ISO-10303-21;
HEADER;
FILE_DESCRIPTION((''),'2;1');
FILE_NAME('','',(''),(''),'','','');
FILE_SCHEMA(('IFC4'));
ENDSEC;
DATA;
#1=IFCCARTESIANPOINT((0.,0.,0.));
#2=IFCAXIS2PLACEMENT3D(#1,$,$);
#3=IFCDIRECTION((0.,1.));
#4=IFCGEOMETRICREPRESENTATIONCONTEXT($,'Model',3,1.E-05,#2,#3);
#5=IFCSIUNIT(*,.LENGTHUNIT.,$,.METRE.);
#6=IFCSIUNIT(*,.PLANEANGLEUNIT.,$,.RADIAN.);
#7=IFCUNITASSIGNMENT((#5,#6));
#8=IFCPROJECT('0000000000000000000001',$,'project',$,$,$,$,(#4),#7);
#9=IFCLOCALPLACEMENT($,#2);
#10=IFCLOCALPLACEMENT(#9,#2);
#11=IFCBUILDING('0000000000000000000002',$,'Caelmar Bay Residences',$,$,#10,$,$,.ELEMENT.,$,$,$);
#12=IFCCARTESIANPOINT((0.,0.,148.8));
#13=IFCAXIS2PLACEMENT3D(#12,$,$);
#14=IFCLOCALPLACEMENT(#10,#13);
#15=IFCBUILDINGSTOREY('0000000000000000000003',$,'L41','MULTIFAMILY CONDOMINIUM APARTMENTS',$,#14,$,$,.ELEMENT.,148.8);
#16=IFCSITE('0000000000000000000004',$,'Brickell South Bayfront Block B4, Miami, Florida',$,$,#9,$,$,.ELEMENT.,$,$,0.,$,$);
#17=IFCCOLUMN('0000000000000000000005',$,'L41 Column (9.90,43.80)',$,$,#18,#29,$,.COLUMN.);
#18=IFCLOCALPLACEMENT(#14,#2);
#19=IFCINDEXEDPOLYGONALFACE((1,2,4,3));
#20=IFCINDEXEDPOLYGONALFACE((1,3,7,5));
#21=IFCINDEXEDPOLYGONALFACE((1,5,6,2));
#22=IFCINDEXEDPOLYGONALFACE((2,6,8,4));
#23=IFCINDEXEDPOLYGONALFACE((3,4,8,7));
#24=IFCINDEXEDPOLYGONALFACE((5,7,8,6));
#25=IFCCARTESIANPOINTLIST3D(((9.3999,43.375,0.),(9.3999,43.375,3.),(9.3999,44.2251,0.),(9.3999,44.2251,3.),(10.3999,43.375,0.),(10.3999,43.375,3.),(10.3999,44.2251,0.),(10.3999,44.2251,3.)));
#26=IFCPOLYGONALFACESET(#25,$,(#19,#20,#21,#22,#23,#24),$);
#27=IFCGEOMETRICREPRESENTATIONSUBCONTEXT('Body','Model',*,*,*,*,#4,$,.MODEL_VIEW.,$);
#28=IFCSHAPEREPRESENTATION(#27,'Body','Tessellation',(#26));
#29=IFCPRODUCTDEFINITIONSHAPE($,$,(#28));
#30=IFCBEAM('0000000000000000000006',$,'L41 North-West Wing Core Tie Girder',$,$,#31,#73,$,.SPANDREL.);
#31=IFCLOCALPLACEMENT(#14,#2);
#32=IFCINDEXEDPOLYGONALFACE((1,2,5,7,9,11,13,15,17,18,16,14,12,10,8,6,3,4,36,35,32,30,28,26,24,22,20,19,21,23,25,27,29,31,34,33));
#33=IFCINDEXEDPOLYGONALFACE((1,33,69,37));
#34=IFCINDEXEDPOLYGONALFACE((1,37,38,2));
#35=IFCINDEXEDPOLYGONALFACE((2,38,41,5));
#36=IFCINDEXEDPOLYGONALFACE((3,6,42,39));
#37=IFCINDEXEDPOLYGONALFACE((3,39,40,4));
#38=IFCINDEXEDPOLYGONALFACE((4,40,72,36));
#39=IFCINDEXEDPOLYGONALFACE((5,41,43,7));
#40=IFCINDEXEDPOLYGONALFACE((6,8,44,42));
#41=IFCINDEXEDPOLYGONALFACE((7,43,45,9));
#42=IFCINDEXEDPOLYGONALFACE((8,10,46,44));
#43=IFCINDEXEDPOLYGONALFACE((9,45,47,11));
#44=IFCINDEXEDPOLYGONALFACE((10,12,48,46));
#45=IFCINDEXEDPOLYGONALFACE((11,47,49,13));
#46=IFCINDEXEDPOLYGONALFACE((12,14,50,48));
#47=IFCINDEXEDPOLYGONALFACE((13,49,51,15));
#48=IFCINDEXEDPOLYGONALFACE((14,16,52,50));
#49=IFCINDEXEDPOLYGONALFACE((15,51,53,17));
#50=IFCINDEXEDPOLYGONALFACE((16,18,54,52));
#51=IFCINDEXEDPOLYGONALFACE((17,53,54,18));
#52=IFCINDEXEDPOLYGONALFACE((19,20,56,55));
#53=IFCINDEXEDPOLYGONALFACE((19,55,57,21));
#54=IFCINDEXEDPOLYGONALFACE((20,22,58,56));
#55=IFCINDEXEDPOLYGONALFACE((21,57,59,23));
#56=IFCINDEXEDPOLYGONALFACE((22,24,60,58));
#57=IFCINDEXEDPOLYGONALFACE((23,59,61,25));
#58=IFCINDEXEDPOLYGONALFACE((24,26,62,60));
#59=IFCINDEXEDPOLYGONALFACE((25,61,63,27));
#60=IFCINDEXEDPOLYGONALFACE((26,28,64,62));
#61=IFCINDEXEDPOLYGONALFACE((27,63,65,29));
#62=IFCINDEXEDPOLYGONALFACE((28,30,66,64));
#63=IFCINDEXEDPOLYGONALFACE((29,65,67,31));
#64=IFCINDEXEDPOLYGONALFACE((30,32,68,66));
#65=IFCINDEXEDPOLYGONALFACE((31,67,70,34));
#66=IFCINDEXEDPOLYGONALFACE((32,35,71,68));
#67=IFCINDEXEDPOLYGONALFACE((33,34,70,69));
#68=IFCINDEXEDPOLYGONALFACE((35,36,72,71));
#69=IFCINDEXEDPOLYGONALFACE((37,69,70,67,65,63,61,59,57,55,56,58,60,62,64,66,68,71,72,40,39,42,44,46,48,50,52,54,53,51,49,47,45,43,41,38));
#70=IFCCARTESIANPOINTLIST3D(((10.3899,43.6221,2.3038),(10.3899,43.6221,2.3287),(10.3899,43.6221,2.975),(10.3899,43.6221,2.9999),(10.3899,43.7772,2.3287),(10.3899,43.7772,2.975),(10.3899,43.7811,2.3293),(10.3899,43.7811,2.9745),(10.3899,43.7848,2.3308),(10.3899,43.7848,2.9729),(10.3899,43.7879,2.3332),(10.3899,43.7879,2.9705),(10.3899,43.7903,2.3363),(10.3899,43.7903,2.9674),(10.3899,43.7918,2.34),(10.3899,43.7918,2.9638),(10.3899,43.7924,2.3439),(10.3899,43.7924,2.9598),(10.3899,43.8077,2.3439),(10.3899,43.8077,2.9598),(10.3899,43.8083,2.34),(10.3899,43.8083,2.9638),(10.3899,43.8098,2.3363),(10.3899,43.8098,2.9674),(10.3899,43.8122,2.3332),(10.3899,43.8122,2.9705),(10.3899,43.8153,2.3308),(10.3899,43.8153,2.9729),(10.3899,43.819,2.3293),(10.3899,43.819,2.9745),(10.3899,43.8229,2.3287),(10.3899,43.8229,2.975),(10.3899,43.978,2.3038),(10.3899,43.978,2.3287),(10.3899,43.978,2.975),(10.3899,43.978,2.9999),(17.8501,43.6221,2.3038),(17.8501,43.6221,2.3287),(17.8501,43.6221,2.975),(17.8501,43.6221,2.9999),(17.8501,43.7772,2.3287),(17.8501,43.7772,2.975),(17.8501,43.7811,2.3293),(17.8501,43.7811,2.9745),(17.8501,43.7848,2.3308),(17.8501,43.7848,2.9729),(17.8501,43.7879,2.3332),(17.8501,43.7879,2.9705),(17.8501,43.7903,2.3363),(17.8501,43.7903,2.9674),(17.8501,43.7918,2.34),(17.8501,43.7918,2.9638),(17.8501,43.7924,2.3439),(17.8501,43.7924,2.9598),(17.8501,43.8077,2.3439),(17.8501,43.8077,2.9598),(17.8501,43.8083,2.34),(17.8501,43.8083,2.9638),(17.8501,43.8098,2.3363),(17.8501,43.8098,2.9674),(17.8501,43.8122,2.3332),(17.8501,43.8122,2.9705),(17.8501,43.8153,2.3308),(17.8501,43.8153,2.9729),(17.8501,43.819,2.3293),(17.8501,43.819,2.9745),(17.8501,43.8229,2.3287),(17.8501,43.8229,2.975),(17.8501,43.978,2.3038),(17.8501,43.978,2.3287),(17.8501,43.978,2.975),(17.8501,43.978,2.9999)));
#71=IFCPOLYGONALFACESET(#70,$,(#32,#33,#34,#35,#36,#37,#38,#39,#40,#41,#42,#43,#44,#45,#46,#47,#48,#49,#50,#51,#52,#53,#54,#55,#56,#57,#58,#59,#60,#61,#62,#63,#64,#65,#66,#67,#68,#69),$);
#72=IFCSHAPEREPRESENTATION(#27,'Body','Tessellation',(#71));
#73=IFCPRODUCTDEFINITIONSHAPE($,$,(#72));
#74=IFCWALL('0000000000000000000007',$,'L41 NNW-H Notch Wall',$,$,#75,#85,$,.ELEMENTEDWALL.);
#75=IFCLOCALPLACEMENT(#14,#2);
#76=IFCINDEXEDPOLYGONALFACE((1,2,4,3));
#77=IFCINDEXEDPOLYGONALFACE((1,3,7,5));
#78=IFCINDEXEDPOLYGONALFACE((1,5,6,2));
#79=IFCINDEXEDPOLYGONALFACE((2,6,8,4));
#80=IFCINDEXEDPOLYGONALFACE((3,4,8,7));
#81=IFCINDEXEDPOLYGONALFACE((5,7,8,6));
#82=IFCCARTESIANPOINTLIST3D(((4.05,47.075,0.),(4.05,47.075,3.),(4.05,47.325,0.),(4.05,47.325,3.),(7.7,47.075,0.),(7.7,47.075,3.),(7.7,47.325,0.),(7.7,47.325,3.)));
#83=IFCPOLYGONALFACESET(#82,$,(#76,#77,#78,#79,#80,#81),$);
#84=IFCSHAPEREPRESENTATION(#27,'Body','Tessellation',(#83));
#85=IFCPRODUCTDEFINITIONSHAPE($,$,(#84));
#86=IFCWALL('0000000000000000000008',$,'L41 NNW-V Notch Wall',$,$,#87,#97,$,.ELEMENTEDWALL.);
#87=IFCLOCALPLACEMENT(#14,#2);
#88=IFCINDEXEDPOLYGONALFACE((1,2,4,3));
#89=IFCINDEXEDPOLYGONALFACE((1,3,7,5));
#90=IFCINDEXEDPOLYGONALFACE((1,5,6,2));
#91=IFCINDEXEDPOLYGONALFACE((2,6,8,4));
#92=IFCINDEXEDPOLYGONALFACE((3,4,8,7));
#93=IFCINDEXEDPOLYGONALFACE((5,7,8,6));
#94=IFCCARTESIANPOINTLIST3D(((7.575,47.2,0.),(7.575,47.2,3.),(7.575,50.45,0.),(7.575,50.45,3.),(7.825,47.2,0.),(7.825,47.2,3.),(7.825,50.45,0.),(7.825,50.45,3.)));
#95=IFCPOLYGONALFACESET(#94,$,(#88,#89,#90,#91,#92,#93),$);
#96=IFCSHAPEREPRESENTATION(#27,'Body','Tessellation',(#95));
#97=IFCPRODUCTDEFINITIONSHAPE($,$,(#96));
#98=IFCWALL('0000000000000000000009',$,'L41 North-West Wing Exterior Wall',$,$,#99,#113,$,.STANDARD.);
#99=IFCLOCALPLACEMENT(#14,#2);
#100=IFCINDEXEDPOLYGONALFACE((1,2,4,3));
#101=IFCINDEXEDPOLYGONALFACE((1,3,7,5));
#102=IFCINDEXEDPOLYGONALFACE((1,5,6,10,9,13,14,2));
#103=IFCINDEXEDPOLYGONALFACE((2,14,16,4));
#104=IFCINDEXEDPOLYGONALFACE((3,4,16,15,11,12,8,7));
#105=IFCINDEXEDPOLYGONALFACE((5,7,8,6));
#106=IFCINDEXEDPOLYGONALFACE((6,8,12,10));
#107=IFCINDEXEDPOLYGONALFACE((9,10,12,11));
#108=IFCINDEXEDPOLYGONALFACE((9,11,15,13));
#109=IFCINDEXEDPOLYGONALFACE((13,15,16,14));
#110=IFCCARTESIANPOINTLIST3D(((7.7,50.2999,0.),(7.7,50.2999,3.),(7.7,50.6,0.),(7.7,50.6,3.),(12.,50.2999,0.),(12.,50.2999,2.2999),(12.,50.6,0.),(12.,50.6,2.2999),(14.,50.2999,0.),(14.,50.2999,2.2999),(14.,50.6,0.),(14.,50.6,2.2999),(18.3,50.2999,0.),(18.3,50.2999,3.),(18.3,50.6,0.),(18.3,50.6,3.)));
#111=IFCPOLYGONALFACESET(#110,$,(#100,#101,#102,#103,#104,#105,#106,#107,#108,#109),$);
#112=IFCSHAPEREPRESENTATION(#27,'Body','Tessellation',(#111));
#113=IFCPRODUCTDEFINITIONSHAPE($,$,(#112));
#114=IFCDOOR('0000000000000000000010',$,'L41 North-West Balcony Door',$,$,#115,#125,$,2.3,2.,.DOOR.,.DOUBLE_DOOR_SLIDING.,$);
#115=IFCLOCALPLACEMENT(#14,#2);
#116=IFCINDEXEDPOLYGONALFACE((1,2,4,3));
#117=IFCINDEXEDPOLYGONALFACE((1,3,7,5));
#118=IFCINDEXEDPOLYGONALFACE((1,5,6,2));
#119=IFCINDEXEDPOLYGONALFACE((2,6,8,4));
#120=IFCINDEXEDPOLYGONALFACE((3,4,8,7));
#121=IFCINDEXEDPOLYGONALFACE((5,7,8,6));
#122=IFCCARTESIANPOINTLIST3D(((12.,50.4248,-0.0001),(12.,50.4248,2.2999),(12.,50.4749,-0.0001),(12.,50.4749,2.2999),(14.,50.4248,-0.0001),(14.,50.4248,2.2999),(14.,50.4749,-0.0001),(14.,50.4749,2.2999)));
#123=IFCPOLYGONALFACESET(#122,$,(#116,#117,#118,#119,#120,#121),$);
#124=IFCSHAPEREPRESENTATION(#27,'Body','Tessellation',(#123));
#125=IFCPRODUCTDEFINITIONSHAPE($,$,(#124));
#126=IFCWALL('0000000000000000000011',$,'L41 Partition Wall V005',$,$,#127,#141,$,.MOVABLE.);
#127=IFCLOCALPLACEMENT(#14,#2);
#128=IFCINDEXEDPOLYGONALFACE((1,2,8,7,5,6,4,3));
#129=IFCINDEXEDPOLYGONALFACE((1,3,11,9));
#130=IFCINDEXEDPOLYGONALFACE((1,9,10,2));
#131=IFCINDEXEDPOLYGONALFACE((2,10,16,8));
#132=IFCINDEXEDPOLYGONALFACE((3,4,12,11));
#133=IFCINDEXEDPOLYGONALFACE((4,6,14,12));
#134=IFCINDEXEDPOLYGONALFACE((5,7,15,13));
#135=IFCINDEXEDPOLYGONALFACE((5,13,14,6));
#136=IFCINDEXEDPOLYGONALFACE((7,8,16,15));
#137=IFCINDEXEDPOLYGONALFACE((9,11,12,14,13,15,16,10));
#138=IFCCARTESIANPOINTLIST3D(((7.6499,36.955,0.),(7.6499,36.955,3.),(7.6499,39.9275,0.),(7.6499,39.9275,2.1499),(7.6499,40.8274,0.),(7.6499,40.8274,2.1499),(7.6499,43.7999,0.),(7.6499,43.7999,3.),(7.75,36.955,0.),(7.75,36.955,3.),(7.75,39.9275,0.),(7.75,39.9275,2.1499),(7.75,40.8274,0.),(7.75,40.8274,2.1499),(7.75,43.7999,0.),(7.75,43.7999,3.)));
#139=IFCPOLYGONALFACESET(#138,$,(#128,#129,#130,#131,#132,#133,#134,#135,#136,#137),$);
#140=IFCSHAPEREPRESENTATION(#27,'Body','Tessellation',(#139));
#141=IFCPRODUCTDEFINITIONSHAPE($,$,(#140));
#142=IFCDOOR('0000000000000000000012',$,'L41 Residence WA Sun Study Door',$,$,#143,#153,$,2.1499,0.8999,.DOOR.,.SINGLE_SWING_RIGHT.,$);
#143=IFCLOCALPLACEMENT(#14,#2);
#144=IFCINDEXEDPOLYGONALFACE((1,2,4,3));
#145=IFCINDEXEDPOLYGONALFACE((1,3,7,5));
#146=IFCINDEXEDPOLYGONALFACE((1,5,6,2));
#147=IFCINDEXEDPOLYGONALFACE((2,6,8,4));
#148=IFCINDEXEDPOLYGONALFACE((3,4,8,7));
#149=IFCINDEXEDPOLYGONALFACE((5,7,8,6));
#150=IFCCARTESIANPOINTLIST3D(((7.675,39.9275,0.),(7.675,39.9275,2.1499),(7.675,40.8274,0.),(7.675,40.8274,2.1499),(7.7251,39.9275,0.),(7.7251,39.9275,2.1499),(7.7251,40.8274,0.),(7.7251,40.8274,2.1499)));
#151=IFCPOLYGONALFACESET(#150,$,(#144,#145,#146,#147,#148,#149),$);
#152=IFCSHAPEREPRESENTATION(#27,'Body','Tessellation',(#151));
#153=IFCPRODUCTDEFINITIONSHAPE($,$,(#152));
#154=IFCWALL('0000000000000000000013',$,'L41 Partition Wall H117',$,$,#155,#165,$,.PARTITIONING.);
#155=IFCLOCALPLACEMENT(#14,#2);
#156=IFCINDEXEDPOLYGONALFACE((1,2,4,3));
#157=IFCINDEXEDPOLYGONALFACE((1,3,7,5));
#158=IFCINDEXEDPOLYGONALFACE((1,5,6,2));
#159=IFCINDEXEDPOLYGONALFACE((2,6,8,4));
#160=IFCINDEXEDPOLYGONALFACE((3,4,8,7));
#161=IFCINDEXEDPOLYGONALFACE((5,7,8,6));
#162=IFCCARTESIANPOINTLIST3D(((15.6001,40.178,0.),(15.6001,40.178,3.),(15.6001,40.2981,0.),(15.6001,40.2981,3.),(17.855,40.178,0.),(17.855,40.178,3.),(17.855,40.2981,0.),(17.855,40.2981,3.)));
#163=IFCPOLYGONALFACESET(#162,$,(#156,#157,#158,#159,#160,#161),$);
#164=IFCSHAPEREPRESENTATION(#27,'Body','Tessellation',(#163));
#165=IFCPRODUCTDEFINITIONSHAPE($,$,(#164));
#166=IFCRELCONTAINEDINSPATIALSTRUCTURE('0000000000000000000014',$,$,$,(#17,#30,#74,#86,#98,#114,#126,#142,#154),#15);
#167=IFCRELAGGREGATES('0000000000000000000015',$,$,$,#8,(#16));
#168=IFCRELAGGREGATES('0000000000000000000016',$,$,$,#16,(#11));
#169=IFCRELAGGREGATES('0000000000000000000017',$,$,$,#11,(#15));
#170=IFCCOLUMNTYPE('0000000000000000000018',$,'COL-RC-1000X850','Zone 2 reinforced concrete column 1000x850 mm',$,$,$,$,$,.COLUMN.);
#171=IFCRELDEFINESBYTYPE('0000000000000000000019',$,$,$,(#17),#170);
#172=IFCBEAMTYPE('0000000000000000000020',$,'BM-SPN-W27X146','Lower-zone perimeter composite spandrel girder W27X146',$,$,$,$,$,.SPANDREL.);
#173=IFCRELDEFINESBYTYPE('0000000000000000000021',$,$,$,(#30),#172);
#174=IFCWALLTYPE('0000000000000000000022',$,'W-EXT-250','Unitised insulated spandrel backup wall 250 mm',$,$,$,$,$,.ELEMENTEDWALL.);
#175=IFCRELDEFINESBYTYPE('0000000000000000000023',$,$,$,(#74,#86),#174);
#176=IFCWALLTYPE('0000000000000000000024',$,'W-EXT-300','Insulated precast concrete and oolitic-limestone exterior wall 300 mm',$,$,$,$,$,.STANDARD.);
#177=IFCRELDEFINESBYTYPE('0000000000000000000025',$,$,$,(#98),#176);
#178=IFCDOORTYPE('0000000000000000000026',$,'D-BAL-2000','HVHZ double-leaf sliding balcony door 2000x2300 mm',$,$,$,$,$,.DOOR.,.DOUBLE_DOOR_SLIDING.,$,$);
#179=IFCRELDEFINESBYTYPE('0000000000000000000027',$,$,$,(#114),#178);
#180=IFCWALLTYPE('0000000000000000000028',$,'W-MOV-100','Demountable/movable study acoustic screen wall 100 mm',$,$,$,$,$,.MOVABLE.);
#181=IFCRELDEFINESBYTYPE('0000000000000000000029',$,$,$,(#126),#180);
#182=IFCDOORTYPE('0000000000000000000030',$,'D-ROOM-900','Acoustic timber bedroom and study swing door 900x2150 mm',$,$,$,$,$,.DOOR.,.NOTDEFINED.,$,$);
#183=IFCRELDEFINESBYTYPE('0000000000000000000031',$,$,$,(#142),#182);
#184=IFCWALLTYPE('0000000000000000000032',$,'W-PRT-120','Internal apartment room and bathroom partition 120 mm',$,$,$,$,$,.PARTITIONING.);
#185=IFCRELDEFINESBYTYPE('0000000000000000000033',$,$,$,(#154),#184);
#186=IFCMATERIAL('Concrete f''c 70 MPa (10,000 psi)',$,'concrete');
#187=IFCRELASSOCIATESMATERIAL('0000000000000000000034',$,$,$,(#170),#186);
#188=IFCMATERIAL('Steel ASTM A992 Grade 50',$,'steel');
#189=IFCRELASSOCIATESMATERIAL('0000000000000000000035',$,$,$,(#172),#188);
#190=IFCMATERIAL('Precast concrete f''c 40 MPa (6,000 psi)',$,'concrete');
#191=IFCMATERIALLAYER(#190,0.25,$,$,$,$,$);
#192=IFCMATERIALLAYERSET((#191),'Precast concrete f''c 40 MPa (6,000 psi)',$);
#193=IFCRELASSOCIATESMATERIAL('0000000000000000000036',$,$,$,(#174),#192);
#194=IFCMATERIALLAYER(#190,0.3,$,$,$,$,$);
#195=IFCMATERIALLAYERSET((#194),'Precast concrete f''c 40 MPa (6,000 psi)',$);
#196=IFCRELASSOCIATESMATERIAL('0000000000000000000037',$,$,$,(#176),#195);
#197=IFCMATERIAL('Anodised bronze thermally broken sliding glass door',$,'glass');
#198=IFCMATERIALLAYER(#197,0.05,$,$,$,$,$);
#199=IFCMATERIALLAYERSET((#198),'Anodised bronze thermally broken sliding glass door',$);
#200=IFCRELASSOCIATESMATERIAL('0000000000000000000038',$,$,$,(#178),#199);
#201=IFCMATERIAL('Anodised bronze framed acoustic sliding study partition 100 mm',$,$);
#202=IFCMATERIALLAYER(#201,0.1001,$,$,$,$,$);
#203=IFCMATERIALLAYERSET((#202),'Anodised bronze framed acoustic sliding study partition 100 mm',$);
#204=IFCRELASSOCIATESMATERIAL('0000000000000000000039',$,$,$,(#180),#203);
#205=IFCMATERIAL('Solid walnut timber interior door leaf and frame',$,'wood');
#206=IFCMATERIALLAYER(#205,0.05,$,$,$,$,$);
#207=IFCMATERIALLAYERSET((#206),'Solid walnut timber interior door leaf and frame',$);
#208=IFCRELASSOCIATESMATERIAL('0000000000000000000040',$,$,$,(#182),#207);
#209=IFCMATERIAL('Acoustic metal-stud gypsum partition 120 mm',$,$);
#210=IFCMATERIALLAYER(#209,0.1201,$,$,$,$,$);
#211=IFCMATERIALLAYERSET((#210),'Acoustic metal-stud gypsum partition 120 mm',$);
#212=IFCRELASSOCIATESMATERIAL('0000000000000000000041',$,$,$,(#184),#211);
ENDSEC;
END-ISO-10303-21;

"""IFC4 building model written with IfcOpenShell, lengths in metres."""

from ifc_helpers import new_model, si_unit, direction, frame, frame_2d, origin, origin_2d, place, context, subcontext, project, spatial, rectangle, i_section, extrude, material, layer, layer_set, material_profile, profile_set, type_object, element, fill, save


model = new_model("IFC4")

# Units and contexts
model_context = context("Model", 3, precision=1e-05, world=origin(), true_north=direction((0.0, 1.0)))
body_context = subcontext(model_context, "Body", "Model", "MODEL_VIEW")
ifc_project = project(units=[si_unit("LENGTHUNIT", "METRE"), si_unit("PLANEANGLEUNIT", "RADIAN")], contexts=[model_context])

# Site, building, storey
site_placement = place(None, origin())
site = spatial("IfcSite", under=ifc_project, at=site_placement, Name="Brickell South Bayfront Block B4, Miami, Florida", CompositionType="ELEMENT", RefElevation=0.0)
building_placement = place(site_placement, origin())
building = spatial("IfcBuilding", under=site, at=building_placement, Name="Caelmar Bay Residences", CompositionType="ELEMENT")
storey_placement = place(building_placement, frame((0.0, 0.0, 148.8)))
storey = spatial("IfcBuildingStorey", under=building, at=storey_placement, Name="L41", Description="MULTIFAMILY CONDOMINIUM APARTMENTS", CompositionType="ELEMENT", Elevation=148.8)

# Column
ifc_material_1 = material(Name="Concrete f'c 70 MPa (10,000 psi)", Category="concrete")
ifc_material_profile_1 = material_profile(ifc_material_1, rectangle(XDim=1.0, YDim=0.8501, at=origin_2d()), Name="RC-COL-1000X850")
ifc_profile_set_1 = profile_set([ifc_material_profile_1], Name="Concrete f'c 70 MPa (10,000 psi)")
column_type = type_object("IfcColumnType", Name="COL-RC-1000X850", Description="Zone 2 reinforced concrete column 1000x850 mm", PredefinedType="COLUMN", material=ifc_profile_set_1)
column_placement = place(storey_placement, frame((9.8999, 43.8, 0.0), z_axis=(0.0, 0.0, 1.0), x_axis=(1.0, 0.0, 0.0)))
element("IfcColumn", 1, at=column_placement, inside=storey, type_object=column_type, Name="L41 Column (9.90,43.80)", PredefinedType="COLUMN", context=body_context, shape_type="SweptSolid", body=[
    extrude(rectangle(XDim=1.0, YDim=0.8501, at=origin_2d()), origin(), (0.0, 0.0, 1.0), 3.0),
])

# Beam
ifc_material_2 = material(Name="Steel ASTM A992 Grade 50", Category="steel")
ifc_material_profile_2 = material_profile(ifc_material_2, i_section(OverallWidth=0.356, OverallDepth=0.696, WebThickness=0.0154, FlangeThickness=0.0249, FilletRadius=0.0151, at=origin_2d()), Name="W27X146")
ifc_profile_set_2 = profile_set([ifc_material_profile_2], Name="Steel ASTM A992 Grade 50")
beam_type = type_object("IfcBeamType", Name="BM-SPN-W27X146", Description="Lower-zone perimeter composite spandrel girder W27X146", PredefinedType="SPANDREL", material=ifc_profile_set_2)
beam_placement = place(storey_placement, frame((10.3899, 43.8, 2.6519), z_axis=(1.0, 0.0, 0.0), x_axis=(0.0, 1.0, 0.0)))
element("IfcBeam", 2, at=beam_placement, inside=storey, type_object=beam_type, Name="L41 North-West Wing Core Tie Girder", PredefinedType="SPANDREL", context=body_context, shape_type="SweptSolid", body=[
    extrude(i_section(OverallWidth=0.356, OverallDepth=0.696, WebThickness=0.0154, FlangeThickness=0.0249, FilletRadius=0.0151, at=origin_2d()), origin(), (0.0, 0.0, 1.0), 7.4602),
])

# Walls
ifc_material_3 = material(Name="Precast concrete f'c 40 MPa (6,000 psi)", Category="concrete")
ifc_layer_1 = layer(ifc_material_3, 0.25)
ifc_layer_set_1 = layer_set([ifc_layer_1], Name="Precast concrete f'c 40 MPa (6,000 psi)")
wall_type_1 = type_object("IfcWallType", Name="W-EXT-250", Description="Unitised insulated spandrel backup wall 250 mm", PredefinedType="ELEMENTEDWALL", material=ifc_layer_set_1)
wall_1_placement = place(storey_placement, frame((4.05, 47.2, 0.0), z_axis=(0.0, 0.0, 1.0), x_axis=(1.0, 0.0, 0.0)))
element("IfcWall", 3, at=wall_1_placement, inside=storey, type_object=wall_type_1, Name="L41 NNW-H Notch Wall", PredefinedType="ELEMENTEDWALL", context=body_context, shape_type="SweptSolid", body=[
    extrude(rectangle(XDim=3.6499, YDim=0.25, at=frame_2d((1.825, 0.0))), origin(), (0.0, 0.0, 1.0), 3.0),
])
wall_2_placement = place(storey_placement, frame((7.7, 47.2, 0.0), z_axis=(0.0, 0.0, 1.0), x_axis=(0.0, 1.0, 0.0)))
element("IfcWall", 4, at=wall_2_placement, inside=storey, type_object=wall_type_1, Name="L41 NNW-V Notch Wall", PredefinedType="ELEMENTEDWALL", context=body_context, shape_type="SweptSolid", body=[
    extrude(rectangle(XDim=3.25, YDim=0.25, at=frame_2d((1.625, 0.0))), origin(), (0.0, 0.0, 1.0), 3.0),
])

# Walls, openings, doors
ifc_layer_2 = layer(ifc_material_3, 0.3)
ifc_layer_set_2 = layer_set([ifc_layer_2], Name="Precast concrete f'c 40 MPa (6,000 psi)")
wall_type_2 = type_object("IfcWallType", Name="W-EXT-300", Description="Insulated precast concrete and oolitic-limestone exterior wall 300 mm", PredefinedType="STANDARD", material=ifc_layer_set_2)
wall_3_placement = place(storey_placement, frame((7.7, 50.45, 0.0), z_axis=(0.0, 0.0, 1.0), x_axis=(1.0, 0.0, 0.0)))
wall_3 = element("IfcWall", 5, at=wall_3_placement, inside=storey, type_object=wall_type_2, Name="L41 North-West Wing Exterior Wall", PredefinedType="STANDARD", context=body_context, shape_type="SweptSolid", body=[
    extrude(rectangle(XDim=10.6001, YDim=0.3, at=frame_2d((5.3, 0.0))), origin(), (0.0, 0.0, 1.0), 3.0),
])
opening_1_placement = place(wall_3_placement, frame((4.3, 0.0, 0.0)))
opening_1 = element("IfcOpeningElement", 6, at=opening_1_placement, cuts=wall_3, PredefinedType="OPENING", context=body_context, shape_type="SweptSolid", body=[
    extrude(rectangle(XDim=2.0, YDim=2.3, at=frame_2d((1.0, 1.1499))), frame((0.0, 0.1599, 0.0), z_axis=(0.0, -1.0, 0.0), x_axis=(1.0, 0.0, 0.0)), (0.0, 0.0, 1.0), 0.3201),
])
ifc_material_4 = material(Name="Anodised bronze thermally broken sliding glass door", Category="glass")
ifc_layer_3 = layer(ifc_material_4, 0.05)
ifc_layer_set_3 = layer_set([ifc_layer_3], Name="Anodised bronze thermally broken sliding glass door")
door_type_1 = type_object("IfcDoorType", Name="D-BAL-2000", Description="HVHZ double-leaf sliding balcony door 2000x2300 mm", OperationType="DOUBLE_DOOR_SLIDING", PredefinedType="DOOR", material=ifc_layer_set_3)
door_1_placement = place(opening_1_placement, origin())
door_1 = element("IfcDoor", 7, at=door_1_placement, inside=storey, type_object=door_type_1, Name="L41 North-West Balcony Door", OperationType="DOUBLE_DOOR_SLIDING", OverallHeight=2.3, OverallWidth=2.0, PredefinedType="DOOR", context=body_context, shape_type="SweptSolid", body=[
    extrude(rectangle(XDim=2.0, YDim=2.3, at=frame_2d((1.0, 1.1499))), frame((0.0, 0.0249, 0.0), z_axis=(0.0, -1.0, 0.0), x_axis=(1.0, 0.0, 0.0)), (0.0, 0.0, 1.0), 0.05),
])
fill(opening_1, door_1)
ifc_material_5 = material(Name="Anodised bronze framed acoustic sliding study partition 100 mm")
ifc_layer_4 = layer(ifc_material_5, 0.1001)
ifc_layer_set_4 = layer_set([ifc_layer_4], Name="Anodised bronze framed acoustic sliding study partition 100 mm")
wall_type_3 = type_object("IfcWallType", Name="W-MOV-100", Description="Demountable/movable study acoustic screen wall 100 mm", PredefinedType="MOVABLE", material=ifc_layer_set_4)
wall_4_placement = place(storey_placement, frame((7.7, 36.9551, 0.0), z_axis=(0.0, 0.0, 1.0), x_axis=(0.0, 1.0, 0.0)))
wall_4 = element("IfcWall", 8, at=wall_4_placement, inside=storey, type_object=wall_type_3, Name="L41 Partition Wall V005", PredefinedType="MOVABLE", context=body_context, shape_type="SweptSolid", body=[
    extrude(rectangle(XDim=6.845, YDim=0.1001, at=frame_2d((3.4224, 0.0))), origin(), (0.0, 0.0, 1.0), 3.0),
])
opening_2_placement = place(wall_4_placement, frame((2.9724, 0.0, 0.0)))
opening_2 = element("IfcOpeningElement", 9, at=opening_2_placement, cuts=wall_4, PredefinedType="OPENING", context=body_context, shape_type="SweptSolid", body=[
    extrude(rectangle(XDim=0.8999, YDim=2.1499, at=frame_2d((0.45, 1.075))), frame((0.0, 0.0601, 0.0), z_axis=(0.0, -1.0, 0.0), x_axis=(1.0, 0.0, 0.0)), (0.0, 0.0, 1.0), 0.1201),
])
ifc_material_6 = material(Name="Solid walnut timber interior door leaf and frame", Category="wood")
ifc_layer_5 = layer(ifc_material_6, 0.05)
ifc_layer_set_5 = layer_set([ifc_layer_5], Name="Solid walnut timber interior door leaf and frame")
door_type_2 = type_object("IfcDoorType", Name="D-ROOM-900", Description="Acoustic timber bedroom and study swing door 900x2150 mm", OperationType="NOTDEFINED", PredefinedType="DOOR", material=ifc_layer_set_5)
door_2_placement = place(opening_2_placement, origin())
door_2 = element("IfcDoor", 10, at=door_2_placement, inside=storey, type_object=door_type_2, Name="L41 Residence WA Sun Study Door", OperationType="SINGLE_SWING_RIGHT", OverallHeight=2.1499, OverallWidth=0.8999, PredefinedType="DOOR", context=body_context, shape_type="SweptSolid", body=[
    extrude(rectangle(XDim=0.8999, YDim=2.1499, at=frame_2d((0.45, 1.075))), frame((0.0, 0.0249, 0.0), z_axis=(0.0, -1.0, 0.0), x_axis=(1.0, 0.0, 0.0)), (0.0, 0.0, 1.0), 0.05),
])
fill(opening_2, door_2)
ifc_material_7 = material(Name="Acoustic metal-stud gypsum partition 120 mm")
ifc_layer_6 = layer(ifc_material_7, 0.1201)
ifc_layer_set_6 = layer_set([ifc_layer_6], Name="Acoustic metal-stud gypsum partition 120 mm")
wall_type_4 = type_object("IfcWallType", Name="W-PRT-120", Description="Internal apartment room and bathroom partition 120 mm", PredefinedType="PARTITIONING", material=ifc_layer_set_6)

# Wall
wall_5_placement = place(storey_placement, frame((15.6001, 40.238, 0.0), z_axis=(0.0, 0.0, 1.0), x_axis=(1.0, 0.0, 0.0)))
element("IfcWall", 11, at=wall_5_placement, inside=storey, type_object=wall_type_4, Name="L41 Partition Wall H117", PredefinedType="PARTITIONING", context=body_context, shape_type="SweptSolid", body=[
    extrude(rectangle(XDim=2.2549, YDim=0.1201, at=frame_2d((1.1274, 0.0))), origin(), (0.0, 0.0, 1.0), 3.0),
])

save(model, "model.ifc")
